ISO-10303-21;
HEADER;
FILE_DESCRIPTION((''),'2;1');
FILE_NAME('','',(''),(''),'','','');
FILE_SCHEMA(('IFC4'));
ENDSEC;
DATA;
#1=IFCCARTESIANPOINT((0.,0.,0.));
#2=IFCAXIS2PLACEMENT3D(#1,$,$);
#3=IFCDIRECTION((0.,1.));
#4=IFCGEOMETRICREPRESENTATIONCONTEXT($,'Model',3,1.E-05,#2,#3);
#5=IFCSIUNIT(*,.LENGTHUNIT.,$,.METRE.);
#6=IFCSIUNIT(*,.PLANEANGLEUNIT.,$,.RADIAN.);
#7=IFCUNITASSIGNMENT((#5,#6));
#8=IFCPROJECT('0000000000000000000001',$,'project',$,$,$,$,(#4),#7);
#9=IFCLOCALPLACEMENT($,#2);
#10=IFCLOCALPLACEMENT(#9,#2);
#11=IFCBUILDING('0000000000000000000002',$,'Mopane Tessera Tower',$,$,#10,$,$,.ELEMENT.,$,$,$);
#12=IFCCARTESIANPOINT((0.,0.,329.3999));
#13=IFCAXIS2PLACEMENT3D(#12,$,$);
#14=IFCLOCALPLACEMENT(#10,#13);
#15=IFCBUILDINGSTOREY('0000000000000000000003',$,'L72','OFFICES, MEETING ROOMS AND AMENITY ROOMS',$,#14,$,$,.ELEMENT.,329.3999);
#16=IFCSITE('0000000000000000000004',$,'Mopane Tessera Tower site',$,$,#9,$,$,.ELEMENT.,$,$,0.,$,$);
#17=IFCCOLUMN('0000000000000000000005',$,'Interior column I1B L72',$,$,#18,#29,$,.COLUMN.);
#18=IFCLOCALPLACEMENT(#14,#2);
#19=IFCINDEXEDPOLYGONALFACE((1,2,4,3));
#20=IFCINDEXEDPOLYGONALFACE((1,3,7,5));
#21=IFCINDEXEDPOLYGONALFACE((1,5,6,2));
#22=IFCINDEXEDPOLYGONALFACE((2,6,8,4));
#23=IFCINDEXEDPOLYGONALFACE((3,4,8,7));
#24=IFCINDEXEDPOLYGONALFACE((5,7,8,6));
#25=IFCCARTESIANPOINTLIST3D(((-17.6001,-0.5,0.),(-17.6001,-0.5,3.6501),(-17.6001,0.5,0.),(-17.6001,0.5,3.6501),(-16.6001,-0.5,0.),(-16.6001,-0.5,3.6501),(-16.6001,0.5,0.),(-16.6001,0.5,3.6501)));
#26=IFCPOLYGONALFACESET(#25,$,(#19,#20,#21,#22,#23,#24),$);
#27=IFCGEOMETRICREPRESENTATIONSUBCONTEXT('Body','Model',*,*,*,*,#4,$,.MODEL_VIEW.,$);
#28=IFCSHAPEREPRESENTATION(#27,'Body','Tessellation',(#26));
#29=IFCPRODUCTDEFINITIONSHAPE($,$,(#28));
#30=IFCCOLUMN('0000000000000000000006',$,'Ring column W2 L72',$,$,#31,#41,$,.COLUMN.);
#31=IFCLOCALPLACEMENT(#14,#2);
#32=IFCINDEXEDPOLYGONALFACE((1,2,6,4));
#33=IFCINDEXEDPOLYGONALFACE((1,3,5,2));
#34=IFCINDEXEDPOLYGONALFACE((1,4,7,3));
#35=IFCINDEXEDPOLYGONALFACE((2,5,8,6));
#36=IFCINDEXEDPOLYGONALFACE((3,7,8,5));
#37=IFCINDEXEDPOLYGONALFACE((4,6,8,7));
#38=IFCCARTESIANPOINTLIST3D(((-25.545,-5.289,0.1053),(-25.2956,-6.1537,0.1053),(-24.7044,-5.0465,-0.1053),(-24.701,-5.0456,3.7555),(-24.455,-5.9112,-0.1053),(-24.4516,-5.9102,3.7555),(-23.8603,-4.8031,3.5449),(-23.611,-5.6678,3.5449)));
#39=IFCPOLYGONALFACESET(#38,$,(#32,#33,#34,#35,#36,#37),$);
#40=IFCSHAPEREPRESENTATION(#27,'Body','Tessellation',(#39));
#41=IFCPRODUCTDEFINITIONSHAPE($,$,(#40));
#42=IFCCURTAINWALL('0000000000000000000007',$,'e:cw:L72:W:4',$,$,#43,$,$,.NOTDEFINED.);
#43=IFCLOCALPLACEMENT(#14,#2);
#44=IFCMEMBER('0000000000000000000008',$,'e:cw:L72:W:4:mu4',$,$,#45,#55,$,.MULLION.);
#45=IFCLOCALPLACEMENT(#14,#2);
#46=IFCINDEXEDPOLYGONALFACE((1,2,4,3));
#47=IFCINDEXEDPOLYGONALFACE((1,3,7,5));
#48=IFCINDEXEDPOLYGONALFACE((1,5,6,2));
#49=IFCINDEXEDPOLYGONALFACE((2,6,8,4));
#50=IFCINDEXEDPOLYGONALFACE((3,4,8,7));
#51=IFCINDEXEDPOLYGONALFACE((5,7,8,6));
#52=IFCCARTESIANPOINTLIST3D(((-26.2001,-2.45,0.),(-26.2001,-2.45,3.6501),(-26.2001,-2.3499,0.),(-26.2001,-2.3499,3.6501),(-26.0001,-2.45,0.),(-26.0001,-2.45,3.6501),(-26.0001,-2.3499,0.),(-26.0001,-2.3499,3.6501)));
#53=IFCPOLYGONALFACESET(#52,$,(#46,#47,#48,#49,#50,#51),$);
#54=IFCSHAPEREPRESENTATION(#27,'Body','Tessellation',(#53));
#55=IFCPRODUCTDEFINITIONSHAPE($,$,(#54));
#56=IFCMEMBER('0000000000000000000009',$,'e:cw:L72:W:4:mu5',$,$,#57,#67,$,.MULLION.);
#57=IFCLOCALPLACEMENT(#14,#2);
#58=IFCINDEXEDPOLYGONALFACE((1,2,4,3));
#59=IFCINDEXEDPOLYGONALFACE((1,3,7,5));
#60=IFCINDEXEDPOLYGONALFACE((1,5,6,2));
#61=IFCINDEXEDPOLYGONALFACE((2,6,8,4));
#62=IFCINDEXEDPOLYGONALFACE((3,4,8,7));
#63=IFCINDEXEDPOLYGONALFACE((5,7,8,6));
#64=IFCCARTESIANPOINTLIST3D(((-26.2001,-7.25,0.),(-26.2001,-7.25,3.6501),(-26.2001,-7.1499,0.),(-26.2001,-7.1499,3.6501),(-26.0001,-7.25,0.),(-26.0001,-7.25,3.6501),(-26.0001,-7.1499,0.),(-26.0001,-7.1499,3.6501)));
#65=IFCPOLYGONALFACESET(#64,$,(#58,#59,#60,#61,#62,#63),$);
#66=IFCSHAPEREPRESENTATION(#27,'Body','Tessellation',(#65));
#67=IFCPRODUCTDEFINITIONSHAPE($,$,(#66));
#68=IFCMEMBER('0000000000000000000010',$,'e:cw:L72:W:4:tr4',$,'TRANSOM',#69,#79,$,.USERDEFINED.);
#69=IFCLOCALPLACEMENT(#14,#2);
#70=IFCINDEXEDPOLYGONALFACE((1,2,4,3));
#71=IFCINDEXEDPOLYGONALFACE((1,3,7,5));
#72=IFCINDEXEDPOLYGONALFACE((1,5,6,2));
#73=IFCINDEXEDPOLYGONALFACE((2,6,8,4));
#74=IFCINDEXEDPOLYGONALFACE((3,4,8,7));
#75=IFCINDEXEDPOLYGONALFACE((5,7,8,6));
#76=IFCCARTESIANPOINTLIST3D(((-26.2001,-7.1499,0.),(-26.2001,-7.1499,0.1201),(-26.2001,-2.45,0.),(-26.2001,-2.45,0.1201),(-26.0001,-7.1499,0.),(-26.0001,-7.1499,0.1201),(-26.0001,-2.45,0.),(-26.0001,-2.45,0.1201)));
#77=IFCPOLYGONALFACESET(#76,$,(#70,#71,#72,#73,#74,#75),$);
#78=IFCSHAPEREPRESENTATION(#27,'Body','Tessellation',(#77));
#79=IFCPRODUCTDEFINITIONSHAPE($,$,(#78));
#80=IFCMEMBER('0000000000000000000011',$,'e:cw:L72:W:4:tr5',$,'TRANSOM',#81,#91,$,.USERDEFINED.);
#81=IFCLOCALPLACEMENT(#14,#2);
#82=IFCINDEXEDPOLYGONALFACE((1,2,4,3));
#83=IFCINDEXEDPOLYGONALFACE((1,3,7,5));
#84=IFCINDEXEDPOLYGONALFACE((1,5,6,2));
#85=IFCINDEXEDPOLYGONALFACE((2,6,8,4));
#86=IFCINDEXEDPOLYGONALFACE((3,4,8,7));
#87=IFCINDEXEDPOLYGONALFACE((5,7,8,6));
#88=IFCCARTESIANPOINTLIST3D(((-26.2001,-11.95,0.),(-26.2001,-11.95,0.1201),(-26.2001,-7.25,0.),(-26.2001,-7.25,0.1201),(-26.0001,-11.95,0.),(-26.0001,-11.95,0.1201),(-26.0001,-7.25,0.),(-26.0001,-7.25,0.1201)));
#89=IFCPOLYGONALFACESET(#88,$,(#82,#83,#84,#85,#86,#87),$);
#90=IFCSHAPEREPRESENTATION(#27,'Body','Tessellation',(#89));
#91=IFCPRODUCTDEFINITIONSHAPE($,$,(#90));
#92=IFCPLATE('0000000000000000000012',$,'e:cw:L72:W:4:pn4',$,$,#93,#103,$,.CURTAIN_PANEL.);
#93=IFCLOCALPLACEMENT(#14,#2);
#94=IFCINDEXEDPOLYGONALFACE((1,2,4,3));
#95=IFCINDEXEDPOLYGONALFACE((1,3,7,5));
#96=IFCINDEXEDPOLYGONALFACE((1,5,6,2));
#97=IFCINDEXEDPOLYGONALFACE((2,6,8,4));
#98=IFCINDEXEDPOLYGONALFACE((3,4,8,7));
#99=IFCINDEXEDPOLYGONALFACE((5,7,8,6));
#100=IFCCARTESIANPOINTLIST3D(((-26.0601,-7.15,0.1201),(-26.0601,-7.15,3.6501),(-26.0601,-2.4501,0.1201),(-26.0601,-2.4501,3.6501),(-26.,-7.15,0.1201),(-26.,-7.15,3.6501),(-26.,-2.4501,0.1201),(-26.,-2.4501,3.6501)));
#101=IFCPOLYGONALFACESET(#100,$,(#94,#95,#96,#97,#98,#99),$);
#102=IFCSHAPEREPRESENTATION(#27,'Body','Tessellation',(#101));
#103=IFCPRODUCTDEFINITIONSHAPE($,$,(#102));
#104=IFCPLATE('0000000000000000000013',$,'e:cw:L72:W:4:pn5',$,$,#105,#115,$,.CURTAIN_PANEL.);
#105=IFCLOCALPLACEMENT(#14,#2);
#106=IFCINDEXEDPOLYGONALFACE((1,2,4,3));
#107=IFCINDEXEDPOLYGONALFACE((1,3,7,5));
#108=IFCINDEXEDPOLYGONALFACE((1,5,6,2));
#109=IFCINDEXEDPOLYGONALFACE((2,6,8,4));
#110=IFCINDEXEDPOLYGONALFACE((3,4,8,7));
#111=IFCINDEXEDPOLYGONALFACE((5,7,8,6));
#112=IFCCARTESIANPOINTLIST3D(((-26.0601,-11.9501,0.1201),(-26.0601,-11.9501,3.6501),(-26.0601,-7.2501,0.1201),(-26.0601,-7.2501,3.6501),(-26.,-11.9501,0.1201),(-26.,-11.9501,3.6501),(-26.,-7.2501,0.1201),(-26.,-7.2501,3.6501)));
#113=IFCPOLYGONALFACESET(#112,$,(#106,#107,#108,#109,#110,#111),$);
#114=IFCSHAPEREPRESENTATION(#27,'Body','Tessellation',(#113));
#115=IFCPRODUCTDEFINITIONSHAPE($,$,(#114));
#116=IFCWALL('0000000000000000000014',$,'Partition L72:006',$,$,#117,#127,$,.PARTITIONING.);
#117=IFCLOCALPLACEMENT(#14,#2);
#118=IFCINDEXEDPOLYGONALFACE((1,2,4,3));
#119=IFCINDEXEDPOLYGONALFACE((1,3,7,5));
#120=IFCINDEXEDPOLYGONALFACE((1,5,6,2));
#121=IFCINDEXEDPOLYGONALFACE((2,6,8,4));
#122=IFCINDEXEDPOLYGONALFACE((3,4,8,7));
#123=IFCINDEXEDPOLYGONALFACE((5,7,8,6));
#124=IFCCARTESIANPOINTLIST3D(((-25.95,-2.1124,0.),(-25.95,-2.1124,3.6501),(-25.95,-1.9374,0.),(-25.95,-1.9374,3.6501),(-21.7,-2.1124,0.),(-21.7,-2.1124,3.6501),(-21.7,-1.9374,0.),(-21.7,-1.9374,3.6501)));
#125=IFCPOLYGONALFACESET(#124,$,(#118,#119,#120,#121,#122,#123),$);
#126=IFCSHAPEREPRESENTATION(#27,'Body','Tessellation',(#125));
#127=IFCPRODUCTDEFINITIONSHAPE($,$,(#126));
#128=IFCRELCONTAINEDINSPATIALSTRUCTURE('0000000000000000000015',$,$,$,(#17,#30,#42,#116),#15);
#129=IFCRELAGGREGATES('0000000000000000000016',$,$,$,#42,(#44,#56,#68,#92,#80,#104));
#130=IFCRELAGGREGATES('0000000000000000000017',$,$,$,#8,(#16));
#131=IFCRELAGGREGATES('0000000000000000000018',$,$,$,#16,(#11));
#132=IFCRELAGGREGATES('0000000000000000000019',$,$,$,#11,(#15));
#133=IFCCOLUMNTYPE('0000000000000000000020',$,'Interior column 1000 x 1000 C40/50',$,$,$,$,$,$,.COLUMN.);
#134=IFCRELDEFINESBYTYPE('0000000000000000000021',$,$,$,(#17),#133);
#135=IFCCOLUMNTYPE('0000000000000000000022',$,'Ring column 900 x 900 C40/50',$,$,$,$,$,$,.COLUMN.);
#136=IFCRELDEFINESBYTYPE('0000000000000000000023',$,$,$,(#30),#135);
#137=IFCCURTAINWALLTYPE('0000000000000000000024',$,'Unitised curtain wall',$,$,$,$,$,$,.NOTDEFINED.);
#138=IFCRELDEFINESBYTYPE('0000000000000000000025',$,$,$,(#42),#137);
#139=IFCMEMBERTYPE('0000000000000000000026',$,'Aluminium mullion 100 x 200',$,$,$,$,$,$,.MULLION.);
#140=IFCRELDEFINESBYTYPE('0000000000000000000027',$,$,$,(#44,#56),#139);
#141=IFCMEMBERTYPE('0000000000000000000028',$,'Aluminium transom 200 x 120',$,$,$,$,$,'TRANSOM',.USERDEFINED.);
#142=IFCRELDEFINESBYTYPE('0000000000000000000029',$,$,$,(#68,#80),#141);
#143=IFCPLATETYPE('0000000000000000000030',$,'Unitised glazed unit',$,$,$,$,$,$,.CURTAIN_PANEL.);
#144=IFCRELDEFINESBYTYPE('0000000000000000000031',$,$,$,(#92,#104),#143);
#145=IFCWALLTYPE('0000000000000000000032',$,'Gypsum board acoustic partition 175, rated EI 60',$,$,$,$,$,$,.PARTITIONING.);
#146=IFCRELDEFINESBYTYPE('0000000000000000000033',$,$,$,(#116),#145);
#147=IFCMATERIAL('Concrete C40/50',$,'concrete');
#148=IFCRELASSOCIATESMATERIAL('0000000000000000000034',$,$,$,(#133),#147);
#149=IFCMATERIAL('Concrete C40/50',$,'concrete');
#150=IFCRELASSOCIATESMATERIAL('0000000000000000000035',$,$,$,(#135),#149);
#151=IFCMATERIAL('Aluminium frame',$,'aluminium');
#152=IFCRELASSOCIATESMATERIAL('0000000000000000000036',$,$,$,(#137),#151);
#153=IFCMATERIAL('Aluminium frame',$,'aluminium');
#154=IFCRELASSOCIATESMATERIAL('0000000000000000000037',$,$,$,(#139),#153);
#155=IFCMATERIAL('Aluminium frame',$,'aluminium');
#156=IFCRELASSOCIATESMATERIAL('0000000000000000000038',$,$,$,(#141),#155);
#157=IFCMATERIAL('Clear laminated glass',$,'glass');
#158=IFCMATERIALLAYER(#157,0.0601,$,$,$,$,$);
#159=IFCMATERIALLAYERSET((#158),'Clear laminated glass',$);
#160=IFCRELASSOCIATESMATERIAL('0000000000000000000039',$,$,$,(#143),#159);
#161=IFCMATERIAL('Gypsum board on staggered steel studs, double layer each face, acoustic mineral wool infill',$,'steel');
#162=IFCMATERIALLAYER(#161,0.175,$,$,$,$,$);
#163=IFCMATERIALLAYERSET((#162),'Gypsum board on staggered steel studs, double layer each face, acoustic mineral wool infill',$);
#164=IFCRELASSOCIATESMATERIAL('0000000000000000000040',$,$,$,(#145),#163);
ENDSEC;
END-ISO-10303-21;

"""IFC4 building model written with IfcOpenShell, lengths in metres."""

from ifc_helpers import new_model, si_unit, direction, frame, frame_2d, origin, origin_2d, place, context, subcontext, project, spatial, rectangle, extrude, material, layer, layer_set, material_profile, profile_set, type_object, element, aggregate, save


model = new_model("IFC4")

# Units and contexts
model_context = context("Model", 3, precision=1e-05, world=origin(), true_north=direction((0.0, 1.0)))
body_context = subcontext(model_context, "Body", "Model", "MODEL_VIEW")
ifc_project = project(units=[si_unit("LENGTHUNIT", "METRE"), si_unit("PLANEANGLEUNIT", "RADIAN")], contexts=[model_context])

# Site, building, storey
site_placement = place(None, origin())
site = spatial("IfcSite", under=ifc_project, at=site_placement, Name="Mopane Tessera Tower site", CompositionType="ELEMENT", RefElevation=0.0)
building_placement = place(site_placement, origin())
building = spatial("IfcBuilding", under=site, at=building_placement, Name="Mopane Tessera Tower", CompositionType="ELEMENT")
storey_placement = place(building_placement, frame((0.0, 0.0, 329.3999)))
storey = spatial("IfcBuildingStorey", under=building, at=storey_placement, Name="L72", Description="OFFICES, MEETING ROOMS AND AMENITY ROOMS", CompositionType="ELEMENT", Elevation=329.3999)

# Columns
ifc_material_1 = material(Name="Concrete C40/50", Category="concrete")
ifc_material_profile_1 = material_profile(ifc_material_1, rectangle(XDim=1.0, YDim=1.0, at=origin_2d()))
ifc_profile_set_1 = profile_set([ifc_material_profile_1], Name="Concrete C40/50")
column_type_1 = type_object("IfcColumnType", Name="Interior column 1000 x 1000 C40/50", PredefinedType="COLUMN", material=ifc_profile_set_1)
column_1_placement = place(storey_placement, frame((-17.1001, 0.0, 0.0), z_axis=(0.0, 0.0, 1.0), x_axis=(1.0, 0.0, 0.0)))
element("IfcColumn", 1, at=column_1_placement, inside=storey, type_object=column_type_1, Name="Interior column I1B L72", PredefinedType="COLUMN", context=body_context, shape_type="SweptSolid", body=[
    extrude(rectangle(XDim=1.0, YDim=1.0, at=origin_2d()), origin(), (0.0, 0.0, 1.0), 3.6501),
])
ifc_material_2 = material(Name="Concrete C40/50", Category="concrete")
ifc_material_profile_2 = material_profile(ifc_material_2, rectangle(XDim=0.8999, YDim=0.8999, at=origin_2d()))
ifc_profile_set_2 = profile_set([ifc_material_profile_2], Name="Concrete C40/50")
column_type_2 = type_object("IfcColumnType", Name="Ring column 900 x 900 C40/50", PredefinedType="COLUMN", material=ifc_profile_set_2)
column_2_placement = place(storey_placement, frame((-25.0, -5.6001, 0.0), z_axis=(0.224804, 0.064834, 0.972245), x_axis=(-0.277106, 0.960839, 0.0)))
element("IfcColumn", 2, at=column_2_placement, inside=storey, type_object=column_type_2, Name="Ring column W2 L72", PredefinedType="COLUMN", context=body_context, shape_type="SweptSolid", body=[
    extrude(rectangle(XDim=0.8999, YDim=0.8999, at=origin_2d()), origin(), (0.0, 0.0, 1.0), 3.7544),
])

# Curtain wall, members, plates
ifc_material_3 = material(Name="Aluminium frame", Category="aluminium")
curtain_wall_type = type_object("IfcCurtainWallType", Name="Unitised curtain wall", PredefinedType="NOTDEFINED", material=ifc_material_3)
curtain_wall_placement = place(storey_placement, origin())
curtain_wall = element("IfcCurtainWall", 3, at=curtain_wall_placement, inside=storey, type_object=curtain_wall_type, Name="e:cw:L72:W:4", PredefinedType="NOTDEFINED")
ifc_material_4 = material(Name="Aluminium frame", Category="aluminium")
ifc_material_profile_3 = material_profile(ifc_material_4, rectangle(XDim=0.1001, YDim=0.2, at=origin_2d()))
ifc_profile_set_3 = profile_set([ifc_material_profile_3], Name="Aluminium frame")
member_type_1 = type_object("IfcMemberType", Name="Aluminium mullion 100 x 200", PredefinedType="MULLION", material=ifc_profile_set_3)
member_1_placement = place(storey_placement, frame((-26.1001, -2.3999, 0.0), z_axis=(0.0, 0.0, 1.0), x_axis=(0.0, -1.0, 0.0)))
member_1 = element("IfcMember", 4, at=member_1_placement, type_object=member_type_1, Name="e:cw:L72:W:4:mu4", PredefinedType="MULLION", context=body_context, shape_type="SweptSolid", body=[
    extrude(rectangle(XDim=0.1001, YDim=0.2, at=origin_2d()), origin(), (0.0, 0.0, 1.0), 3.6501),
])
member_2_placement = place(storey_placement, frame((-26.1001, -7.2, 0.0), z_axis=(0.0, 0.0, 1.0), x_axis=(0.0, -1.0, 0.0)))
member_2 = element("IfcMember", 5, at=member_2_placement, type_object=member_type_1, Name="e:cw:L72:W:4:mu5", PredefinedType="MULLION", context=body_context, shape_type="SweptSolid", body=[
    extrude(rectangle(XDim=0.1001, YDim=0.2, at=origin_2d()), origin(), (0.0, 0.0, 1.0), 3.6501),
])
ifc_material_5 = material(Name="Aluminium frame", Category="aluminium")
ifc_material_profile_4 = material_profile(ifc_material_5, rectangle(XDim=0.2, YDim=0.1201, at=origin_2d()))
ifc_profile_set_4 = profile_set([ifc_material_profile_4], Name="Aluminium frame")
member_type_2 = type_object("IfcMemberType", Name="Aluminium transom 200 x 120", ElementType="TRANSOM", PredefinedType="USERDEFINED", material=ifc_profile_set_4)
member_3_placement = place(storey_placement, frame((-26.1001, -2.45, 0.0601), z_axis=(0.0, -1.0, 0.0), x_axis=(1.0, 0.0, 0.0)))
member_3 = element("IfcMember", 6, at=member_3_placement, type_object=member_type_2, Name="e:cw:L72:W:4:tr4", ObjectType="TRANSOM", PredefinedType="USERDEFINED", context=body_context, shape_type="SweptSolid", body=[
    extrude(rectangle(XDim=0.2, YDim=0.1201, at=origin_2d()), origin(), (0.0, 0.0, 1.0), 4.7),
])
member_4_placement = place(storey_placement, frame((-26.1001, -7.25, 0.0601), z_axis=(0.0, -1.0, 0.0), x_axis=(1.0, 0.0, 0.0)))
member_4 = element("IfcMember", 7, at=member_4_placement, type_object=member_type_2, Name="e:cw:L72:W:4:tr5", ObjectType="TRANSOM", PredefinedType="USERDEFINED", context=body_context, shape_type="SweptSolid", body=[
    extrude(rectangle(XDim=0.2, YDim=0.1201, at=origin_2d()), origin(), (0.0, 0.0, 1.0), 4.7),
])
ifc_material_6 = material(Name="Clear laminated glass", Category="glass")
ifc_layer_1 = layer(ifc_material_6, 0.0601)
ifc_layer_set_1 = layer_set([ifc_layer_1], Name="Clear laminated glass")
plate_type = type_object("IfcPlateType", Name="Unitised glazed unit", PredefinedType="CURTAIN_PANEL", material=ifc_layer_set_1)
plate_1_placement = place(storey_placement, frame((-26.03, -4.8, 0.1201), z_axis=(0.0, 0.0, 1.0), x_axis=(0.0, -1.0, 0.0)))
plate_1 = element("IfcPlate", 8, at=plate_1_placement, type_object=plate_type, Name="e:cw:L72:W:4:pn4", PredefinedType="CURTAIN_PANEL", context=body_context, shape_type="SweptSolid", body=[
    extrude(rectangle(XDim=4.7, YDim=0.0601, at=origin_2d()), origin(), (0.0, 0.0, 1.0), 3.53),
])
plate_2_placement = place(storey_placement, frame((-26.03, -9.6001, 0.1201), z_axis=(0.0, 0.0, 1.0), x_axis=(0.0, -1.0, 0.0)))
plate_2 = element("IfcPlate", 9, at=plate_2_placement, type_object=plate_type, Name="e:cw:L72:W:4:pn5", PredefinedType="CURTAIN_PANEL", context=body_context, shape_type="SweptSolid", body=[
    extrude(rectangle(XDim=4.7, YDim=0.0601, at=origin_2d()), origin(), (0.0, 0.0, 1.0), 3.53),
])
aggregate(curtain_wall, [member_1, member_2, member_3, plate_1, member_4, plate_2])

# Wall
ifc_material_7 = material(Name="Gypsum board on staggered steel studs, double layer each face, acoustic mineral wool infill", Category="steel")
ifc_layer_2 = layer(ifc_material_7, 0.175)
ifc_layer_set_2 = layer_set([ifc_layer_2], Name="Gypsum board on staggered steel studs, double layer each face, acoustic mineral wool infill")
wall_type_1 = type_object("IfcWallType", Name="Gypsum board acoustic partition 175, rated EI 60", PredefinedType="PARTITIONING", material=ifc_layer_set_2)
wall_1_placement = place(storey_placement, frame((-25.95, -2.0249, 0.0), z_axis=(0.0, 0.0, 1.0), x_axis=(1.0, 0.0, 0.0)))
element("IfcWall", 10, at=wall_1_placement, inside=storey, type_object=wall_type_1, Name="Partition L72:006", PredefinedType="PARTITIONING", context=body_context, shape_type="SweptSolid", body=[
    extrude(rectangle(XDim=4.25, YDim=0.175, at=frame_2d((2.125, 0.0))), origin(), (0.0, 0.0, 1.0), 3.6501),
])

save(model, "model.ifc")
